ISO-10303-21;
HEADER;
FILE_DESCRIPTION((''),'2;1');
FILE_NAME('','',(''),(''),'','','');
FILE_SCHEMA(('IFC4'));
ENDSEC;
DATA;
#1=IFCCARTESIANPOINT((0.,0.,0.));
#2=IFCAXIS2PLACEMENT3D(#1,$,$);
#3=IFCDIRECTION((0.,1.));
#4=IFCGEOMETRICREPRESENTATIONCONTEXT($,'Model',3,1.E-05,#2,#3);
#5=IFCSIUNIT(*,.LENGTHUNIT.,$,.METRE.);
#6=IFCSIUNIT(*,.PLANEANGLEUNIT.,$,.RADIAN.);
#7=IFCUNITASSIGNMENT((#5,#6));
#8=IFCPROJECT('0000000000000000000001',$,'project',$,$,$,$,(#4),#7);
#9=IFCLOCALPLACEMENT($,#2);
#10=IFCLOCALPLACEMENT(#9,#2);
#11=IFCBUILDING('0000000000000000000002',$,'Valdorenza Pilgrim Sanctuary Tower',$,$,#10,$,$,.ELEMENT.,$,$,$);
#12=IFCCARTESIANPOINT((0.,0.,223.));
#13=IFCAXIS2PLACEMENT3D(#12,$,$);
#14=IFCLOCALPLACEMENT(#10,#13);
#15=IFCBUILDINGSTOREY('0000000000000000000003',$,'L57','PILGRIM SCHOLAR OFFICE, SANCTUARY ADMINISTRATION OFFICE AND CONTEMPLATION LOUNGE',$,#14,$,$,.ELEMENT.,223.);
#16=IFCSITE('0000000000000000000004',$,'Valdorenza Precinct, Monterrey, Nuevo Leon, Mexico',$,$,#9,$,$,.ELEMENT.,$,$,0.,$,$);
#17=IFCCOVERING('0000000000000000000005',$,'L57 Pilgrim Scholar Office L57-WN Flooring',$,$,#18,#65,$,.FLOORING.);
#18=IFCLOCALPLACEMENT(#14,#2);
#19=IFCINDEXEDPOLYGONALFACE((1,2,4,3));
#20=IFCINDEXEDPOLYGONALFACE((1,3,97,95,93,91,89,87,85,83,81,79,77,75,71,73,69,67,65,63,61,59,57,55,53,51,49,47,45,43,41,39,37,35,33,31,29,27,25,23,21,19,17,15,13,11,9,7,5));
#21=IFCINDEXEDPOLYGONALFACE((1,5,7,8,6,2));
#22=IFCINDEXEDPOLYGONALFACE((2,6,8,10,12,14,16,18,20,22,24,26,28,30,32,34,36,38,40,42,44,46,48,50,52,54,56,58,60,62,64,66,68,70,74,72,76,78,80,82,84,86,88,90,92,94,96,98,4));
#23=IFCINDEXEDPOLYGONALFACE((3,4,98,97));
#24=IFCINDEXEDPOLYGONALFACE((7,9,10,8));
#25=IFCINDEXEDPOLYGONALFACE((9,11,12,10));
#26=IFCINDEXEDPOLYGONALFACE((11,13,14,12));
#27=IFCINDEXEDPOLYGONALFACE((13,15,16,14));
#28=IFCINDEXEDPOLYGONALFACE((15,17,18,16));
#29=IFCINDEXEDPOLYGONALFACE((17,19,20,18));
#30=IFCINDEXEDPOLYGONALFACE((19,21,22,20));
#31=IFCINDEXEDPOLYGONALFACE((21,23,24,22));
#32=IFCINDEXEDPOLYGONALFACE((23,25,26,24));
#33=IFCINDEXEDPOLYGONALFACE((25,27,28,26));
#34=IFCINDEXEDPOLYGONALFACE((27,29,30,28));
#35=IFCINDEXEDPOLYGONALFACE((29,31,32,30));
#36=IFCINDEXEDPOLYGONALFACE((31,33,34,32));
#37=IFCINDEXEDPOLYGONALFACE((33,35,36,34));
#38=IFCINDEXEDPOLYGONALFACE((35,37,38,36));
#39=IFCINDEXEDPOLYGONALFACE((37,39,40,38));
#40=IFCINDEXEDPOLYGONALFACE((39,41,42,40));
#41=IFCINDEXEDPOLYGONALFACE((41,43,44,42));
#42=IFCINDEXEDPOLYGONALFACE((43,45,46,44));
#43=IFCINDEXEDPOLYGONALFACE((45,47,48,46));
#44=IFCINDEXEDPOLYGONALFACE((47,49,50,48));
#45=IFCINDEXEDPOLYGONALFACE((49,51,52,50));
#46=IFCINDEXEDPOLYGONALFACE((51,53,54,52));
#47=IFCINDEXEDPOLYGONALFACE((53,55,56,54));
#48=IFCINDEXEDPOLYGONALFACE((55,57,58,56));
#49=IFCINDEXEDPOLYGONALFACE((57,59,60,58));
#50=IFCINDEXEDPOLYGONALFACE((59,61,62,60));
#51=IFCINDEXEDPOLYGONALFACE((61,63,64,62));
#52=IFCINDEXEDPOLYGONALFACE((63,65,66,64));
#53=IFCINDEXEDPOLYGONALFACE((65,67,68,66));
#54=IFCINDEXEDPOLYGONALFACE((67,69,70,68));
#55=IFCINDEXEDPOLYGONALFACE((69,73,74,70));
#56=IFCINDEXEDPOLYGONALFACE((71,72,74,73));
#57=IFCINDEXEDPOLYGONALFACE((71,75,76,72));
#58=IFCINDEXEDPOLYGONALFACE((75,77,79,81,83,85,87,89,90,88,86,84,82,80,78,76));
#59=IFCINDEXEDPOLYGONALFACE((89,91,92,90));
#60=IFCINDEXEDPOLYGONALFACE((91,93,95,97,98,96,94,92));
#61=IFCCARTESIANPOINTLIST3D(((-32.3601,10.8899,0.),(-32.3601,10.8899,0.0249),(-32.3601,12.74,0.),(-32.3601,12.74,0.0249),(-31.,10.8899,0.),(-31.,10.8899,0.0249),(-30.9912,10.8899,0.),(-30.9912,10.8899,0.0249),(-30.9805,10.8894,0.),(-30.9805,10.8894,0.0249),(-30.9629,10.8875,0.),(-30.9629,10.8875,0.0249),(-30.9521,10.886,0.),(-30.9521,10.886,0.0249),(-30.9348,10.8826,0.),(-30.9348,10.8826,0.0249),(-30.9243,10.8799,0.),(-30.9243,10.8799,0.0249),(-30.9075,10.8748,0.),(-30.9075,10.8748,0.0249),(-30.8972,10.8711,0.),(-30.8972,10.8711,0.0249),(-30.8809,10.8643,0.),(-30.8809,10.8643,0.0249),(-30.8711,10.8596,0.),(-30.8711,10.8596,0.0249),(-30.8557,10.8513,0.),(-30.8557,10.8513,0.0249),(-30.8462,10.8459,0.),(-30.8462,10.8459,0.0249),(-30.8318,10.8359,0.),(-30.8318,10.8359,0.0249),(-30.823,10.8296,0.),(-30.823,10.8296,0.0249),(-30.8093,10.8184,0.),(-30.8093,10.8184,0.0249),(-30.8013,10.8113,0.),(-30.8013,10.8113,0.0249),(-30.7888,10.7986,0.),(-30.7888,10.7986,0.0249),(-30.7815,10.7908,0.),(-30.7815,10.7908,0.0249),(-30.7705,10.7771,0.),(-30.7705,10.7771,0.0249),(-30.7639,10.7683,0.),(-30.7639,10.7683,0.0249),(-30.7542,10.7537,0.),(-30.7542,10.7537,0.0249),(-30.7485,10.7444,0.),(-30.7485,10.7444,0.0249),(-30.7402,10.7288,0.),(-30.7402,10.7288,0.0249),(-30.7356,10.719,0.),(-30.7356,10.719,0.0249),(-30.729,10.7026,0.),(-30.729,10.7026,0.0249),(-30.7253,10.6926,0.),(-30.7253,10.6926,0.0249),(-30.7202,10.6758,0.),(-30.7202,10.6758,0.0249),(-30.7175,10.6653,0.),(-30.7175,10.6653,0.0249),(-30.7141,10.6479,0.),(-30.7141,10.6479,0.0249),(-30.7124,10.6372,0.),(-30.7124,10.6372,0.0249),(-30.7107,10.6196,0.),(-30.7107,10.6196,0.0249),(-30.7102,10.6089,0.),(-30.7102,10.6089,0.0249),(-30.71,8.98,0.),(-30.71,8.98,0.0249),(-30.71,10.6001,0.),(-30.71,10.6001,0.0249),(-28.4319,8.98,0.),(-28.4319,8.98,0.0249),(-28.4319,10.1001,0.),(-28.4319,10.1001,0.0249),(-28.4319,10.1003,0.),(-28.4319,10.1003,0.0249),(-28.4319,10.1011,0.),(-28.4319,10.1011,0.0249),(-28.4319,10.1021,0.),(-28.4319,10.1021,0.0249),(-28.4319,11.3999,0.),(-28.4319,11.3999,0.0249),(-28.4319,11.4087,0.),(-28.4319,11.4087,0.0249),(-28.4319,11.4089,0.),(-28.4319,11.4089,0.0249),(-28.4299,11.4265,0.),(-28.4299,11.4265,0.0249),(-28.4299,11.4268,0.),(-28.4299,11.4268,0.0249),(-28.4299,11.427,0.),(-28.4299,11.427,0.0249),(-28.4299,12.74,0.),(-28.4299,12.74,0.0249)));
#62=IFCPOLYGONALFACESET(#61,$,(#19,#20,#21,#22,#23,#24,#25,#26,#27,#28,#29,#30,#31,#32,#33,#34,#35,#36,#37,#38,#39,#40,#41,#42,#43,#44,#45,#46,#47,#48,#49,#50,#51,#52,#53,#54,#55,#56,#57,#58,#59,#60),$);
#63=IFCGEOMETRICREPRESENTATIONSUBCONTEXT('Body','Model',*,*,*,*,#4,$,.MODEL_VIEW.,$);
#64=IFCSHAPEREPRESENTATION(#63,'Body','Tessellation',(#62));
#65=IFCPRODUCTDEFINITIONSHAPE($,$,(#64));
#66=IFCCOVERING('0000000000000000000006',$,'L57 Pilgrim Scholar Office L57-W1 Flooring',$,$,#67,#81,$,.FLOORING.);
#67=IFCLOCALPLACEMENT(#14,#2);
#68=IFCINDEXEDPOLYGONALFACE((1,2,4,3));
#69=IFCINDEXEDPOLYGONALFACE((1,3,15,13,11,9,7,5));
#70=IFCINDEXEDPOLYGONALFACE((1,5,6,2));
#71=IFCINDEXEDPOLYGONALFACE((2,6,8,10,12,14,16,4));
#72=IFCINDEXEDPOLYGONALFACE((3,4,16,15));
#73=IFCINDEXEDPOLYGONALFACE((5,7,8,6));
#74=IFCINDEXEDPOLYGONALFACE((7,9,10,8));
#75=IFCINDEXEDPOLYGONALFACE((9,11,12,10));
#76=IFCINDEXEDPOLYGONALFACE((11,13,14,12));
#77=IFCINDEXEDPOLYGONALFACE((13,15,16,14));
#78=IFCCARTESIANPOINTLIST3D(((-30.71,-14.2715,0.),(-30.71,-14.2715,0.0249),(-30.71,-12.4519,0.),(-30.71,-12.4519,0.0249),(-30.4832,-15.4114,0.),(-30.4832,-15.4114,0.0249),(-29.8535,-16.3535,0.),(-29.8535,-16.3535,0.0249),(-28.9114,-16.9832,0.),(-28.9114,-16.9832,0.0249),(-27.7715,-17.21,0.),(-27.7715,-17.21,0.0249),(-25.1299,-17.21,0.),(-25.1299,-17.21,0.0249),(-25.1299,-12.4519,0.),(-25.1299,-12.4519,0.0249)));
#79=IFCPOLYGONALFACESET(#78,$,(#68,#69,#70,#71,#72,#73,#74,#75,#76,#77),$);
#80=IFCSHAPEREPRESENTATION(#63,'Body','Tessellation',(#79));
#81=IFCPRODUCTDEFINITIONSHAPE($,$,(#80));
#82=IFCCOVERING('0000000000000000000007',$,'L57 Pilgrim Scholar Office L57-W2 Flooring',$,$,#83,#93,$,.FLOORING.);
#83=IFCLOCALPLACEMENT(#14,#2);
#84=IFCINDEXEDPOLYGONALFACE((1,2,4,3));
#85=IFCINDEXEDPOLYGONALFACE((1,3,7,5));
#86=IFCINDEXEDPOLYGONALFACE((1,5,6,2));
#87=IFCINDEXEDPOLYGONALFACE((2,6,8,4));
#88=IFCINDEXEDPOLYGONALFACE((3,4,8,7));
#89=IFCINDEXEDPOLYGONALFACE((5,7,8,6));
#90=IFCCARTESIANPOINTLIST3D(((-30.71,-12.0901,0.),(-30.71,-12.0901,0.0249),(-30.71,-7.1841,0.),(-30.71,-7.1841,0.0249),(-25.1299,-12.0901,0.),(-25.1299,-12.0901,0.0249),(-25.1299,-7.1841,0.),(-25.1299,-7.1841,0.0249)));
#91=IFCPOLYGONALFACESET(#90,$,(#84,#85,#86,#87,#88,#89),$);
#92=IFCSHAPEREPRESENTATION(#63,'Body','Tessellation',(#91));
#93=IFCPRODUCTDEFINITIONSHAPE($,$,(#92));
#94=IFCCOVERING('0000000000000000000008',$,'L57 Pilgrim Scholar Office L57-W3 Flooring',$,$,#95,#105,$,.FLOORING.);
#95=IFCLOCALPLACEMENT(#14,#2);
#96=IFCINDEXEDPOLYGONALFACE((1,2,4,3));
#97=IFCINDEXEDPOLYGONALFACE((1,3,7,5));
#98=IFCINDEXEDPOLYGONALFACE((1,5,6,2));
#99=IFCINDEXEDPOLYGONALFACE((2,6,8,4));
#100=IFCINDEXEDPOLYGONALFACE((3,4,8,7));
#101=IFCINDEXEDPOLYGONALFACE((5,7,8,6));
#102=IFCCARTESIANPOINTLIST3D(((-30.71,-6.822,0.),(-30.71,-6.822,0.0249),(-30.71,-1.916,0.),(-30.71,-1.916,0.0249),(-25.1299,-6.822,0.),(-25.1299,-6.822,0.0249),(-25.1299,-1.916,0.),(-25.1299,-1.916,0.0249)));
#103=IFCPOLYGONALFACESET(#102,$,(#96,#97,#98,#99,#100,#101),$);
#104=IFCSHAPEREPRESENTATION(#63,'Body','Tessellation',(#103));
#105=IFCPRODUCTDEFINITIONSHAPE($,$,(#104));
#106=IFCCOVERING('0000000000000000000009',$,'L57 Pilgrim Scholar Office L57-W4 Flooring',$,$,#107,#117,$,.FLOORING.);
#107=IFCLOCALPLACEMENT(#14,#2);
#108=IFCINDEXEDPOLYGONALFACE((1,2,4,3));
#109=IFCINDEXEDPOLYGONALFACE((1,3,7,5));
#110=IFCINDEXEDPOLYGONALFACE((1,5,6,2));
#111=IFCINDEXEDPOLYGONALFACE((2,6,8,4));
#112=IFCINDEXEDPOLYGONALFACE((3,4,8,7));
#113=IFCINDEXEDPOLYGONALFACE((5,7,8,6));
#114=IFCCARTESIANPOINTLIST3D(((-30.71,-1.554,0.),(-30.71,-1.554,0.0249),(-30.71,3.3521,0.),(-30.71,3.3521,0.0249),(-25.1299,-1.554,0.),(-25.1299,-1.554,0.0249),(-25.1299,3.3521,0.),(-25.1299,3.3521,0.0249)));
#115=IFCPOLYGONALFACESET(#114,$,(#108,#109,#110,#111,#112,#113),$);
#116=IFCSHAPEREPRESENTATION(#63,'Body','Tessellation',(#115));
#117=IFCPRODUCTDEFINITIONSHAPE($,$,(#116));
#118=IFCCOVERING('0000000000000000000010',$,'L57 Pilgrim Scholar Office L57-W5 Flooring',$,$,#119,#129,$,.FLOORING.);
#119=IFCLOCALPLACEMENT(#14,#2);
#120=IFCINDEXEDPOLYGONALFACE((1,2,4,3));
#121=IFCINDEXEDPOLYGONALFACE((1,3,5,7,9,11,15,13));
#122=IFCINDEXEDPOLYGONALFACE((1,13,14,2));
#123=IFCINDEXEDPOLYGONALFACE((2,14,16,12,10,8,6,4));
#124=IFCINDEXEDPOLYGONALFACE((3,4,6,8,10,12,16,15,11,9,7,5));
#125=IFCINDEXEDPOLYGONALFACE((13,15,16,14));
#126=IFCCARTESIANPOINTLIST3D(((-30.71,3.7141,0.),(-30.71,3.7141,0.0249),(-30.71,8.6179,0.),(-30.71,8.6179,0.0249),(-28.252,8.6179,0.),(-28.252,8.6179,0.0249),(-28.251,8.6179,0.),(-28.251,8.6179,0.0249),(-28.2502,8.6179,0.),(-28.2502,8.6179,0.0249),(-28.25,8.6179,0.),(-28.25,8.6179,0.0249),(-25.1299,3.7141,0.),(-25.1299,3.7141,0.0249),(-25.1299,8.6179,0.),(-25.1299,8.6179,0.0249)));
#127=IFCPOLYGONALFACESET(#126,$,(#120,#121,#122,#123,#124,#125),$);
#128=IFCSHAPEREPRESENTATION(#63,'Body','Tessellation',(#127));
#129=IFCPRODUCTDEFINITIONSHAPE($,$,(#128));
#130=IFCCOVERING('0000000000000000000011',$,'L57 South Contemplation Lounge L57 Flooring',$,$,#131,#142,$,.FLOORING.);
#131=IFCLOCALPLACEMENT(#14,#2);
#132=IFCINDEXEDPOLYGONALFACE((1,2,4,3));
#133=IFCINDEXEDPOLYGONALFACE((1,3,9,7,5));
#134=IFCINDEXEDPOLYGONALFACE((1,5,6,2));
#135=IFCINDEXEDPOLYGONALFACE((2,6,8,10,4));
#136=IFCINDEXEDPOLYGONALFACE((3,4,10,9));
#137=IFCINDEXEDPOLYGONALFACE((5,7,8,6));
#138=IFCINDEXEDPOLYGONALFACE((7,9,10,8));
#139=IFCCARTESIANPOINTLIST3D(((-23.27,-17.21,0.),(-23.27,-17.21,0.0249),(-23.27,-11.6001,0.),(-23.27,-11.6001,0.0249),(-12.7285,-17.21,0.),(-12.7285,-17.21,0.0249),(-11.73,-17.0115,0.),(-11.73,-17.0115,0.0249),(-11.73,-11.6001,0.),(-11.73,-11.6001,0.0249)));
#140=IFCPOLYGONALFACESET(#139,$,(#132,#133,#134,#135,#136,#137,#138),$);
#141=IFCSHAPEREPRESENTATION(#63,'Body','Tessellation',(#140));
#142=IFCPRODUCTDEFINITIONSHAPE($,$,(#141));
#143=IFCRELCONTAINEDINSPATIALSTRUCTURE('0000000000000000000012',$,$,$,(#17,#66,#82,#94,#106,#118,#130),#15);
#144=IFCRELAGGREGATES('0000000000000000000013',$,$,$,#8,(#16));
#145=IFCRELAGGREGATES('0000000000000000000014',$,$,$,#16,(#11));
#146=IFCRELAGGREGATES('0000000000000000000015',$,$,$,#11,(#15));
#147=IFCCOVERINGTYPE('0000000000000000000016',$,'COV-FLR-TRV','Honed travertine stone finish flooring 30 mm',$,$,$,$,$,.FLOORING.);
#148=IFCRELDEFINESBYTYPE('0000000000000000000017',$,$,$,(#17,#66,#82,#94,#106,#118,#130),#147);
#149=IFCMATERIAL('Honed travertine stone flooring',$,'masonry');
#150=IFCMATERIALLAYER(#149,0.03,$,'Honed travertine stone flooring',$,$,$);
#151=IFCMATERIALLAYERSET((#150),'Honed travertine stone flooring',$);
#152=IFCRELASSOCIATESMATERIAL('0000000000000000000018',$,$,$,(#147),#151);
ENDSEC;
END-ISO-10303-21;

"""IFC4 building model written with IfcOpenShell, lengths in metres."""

from ifc_helpers import new_model, si_unit, direction, frame, origin, place, context, subcontext, project, spatial, polyline, outline, extrude, material, layer, layer_set, type_object, element, save


model = new_model("IFC4")

# Units and contexts
model_context = context("Model", 3, precision=1e-05, world=origin(), true_north=direction((0.0, 1.0)))
body_context = subcontext(model_context, "Body", "Model", "MODEL_VIEW")
ifc_project = project(units=[si_unit("LENGTHUNIT", "METRE"), si_unit("PLANEANGLEUNIT", "RADIAN")], contexts=[model_context])

# Site, building, storey
site_placement = place(None, origin())
site = spatial("IfcSite", under=ifc_project, at=site_placement, Name="Valdorenza Precinct, Monterrey, Nuevo Leon, Mexico", CompositionType="ELEMENT", RefElevation=0.0)
building_placement = place(site_placement, origin())
building = spatial("IfcBuilding", under=site, at=building_placement, Name="Valdorenza Pilgrim Sanctuary Tower", CompositionType="ELEMENT")
storey_placement = place(building_placement, frame((0.0, 0.0, 223.0)))
storey = spatial("IfcBuildingStorey", under=building, at=storey_placement, Name="L57", Description="PILGRIM SCHOLAR OFFICE, SANCTUARY ADMINISTRATION OFFICE AND CONTEMPLATION LOUNGE", CompositionType="ELEMENT", Elevation=223.0)

# Coverings
ifc_material_1 = material(Name="Honed travertine stone flooring", Category="masonry")
ifc_layer_1 = layer(ifc_material_1, 0.03, Name="Honed travertine stone flooring")
ifc_layer_set_1 = layer_set([ifc_layer_1], Name="Honed travertine stone flooring")
covering_type_1 = type_object("IfcCoveringType", Name="COV-FLR-TRV", Description="Honed travertine stone finish flooring 30 mm", PredefinedType="FLOORING", material=ifc_layer_set_1)
covering_1_placement = place(storey_placement, origin())
element("IfcCovering", 1, at=covering_1_placement, inside=storey, type_object=covering_type_1, Name="L57 Pilgrim Scholar Office L57-WN Flooring", PredefinedType="FLOORING", context=body_context, shape_type="SweptSolid", body=[
    extrude(outline(polyline([(-28.4319, 10.1003), (-28.4319, 10.1001), (-28.4319, 8.98), (-30.71, 8.98), (-30.71, 10.6001), (-30.7102, 10.6089), (-30.7107, 10.6196), (-30.7124, 10.6372), (-30.7141, 10.6479), (-30.7175, 10.6653), (-30.7202, 10.6758), (-30.7253, 10.6926), (-30.729, 10.7026), (-30.7356, 10.719), (-30.7402, 10.7288), (-30.7485, 10.7444), (-30.7542, 10.7537), (-30.7639, 10.7683), (-30.7705, 10.7771), (-30.7815, 10.7908), (-30.7888, 10.7986), (-30.8013, 10.8113), (-30.8093, 10.8184), (-30.823, 10.8296), (-30.8318, 10.8359), (-30.8462, 10.8459), (-30.8557, 10.8513), (-30.8711, 10.8596), (-30.8809, 10.8643), (-30.8972, 10.8711), (-30.9075, 10.8748), (-30.9243, 10.8799), (-30.9348, 10.8826), (-30.9521, 10.886), (-30.9629, 10.8875), (-30.9805, 10.8894), (-30.9912, 10.8899), (-31.0, 10.8899), (-32.3601, 10.8899), (-32.3601, 12.74), (-28.4299, 12.74), (-28.4299, 11.427), (-28.4299, 11.4268), (-28.4299, 11.4265), (-28.4319, 11.4089), (-28.4319, 11.4087), (-28.4319, 11.3999), (-28.4319, 10.1021), (-28.4319, 10.1011), (-28.4319, 10.1003)])), origin(), (0.0, 0.0, 1.0), 0.0249),
])
covering_2_placement = place(storey_placement, origin())
element("IfcCovering", 2, at=covering_2_placement, inside=storey, type_object=covering_type_1, Name="L57 Pilgrim Scholar Office L57-W1 Flooring", PredefinedType="FLOORING", context=body_context, shape_type="SweptSolid", body=[
    extrude(outline(polyline([(-25.1299, -17.21), (-27.7715, -17.21), (-28.9114, -16.9832), (-29.8535, -16.3535), (-30.4832, -15.4114), (-30.71, -14.2715), (-30.71, -12.4519), (-25.1299, -12.4519), (-25.1299, -17.21)])), origin(), (0.0, 0.0, 1.0), 0.0249),
])
covering_3_placement = place(storey_placement, origin())
element("IfcCovering", 3, at=covering_3_placement, inside=storey, type_object=covering_type_1, Name="L57 Pilgrim Scholar Office L57-W2 Flooring", PredefinedType="FLOORING", context=body_context, shape_type="SweptSolid", body=[
    extrude(outline(polyline([(-25.1299, -12.0901), (-30.71, -12.0901), (-30.71, -7.1841), (-25.1299, -7.1841), (-25.1299, -12.0901)])), origin(), (0.0, 0.0, 1.0), 0.0249),
])
covering_4_placement = place(storey_placement, origin())
element("IfcCovering", 4, at=covering_4_placement, inside=storey, type_object=covering_type_1, Name="L57 Pilgrim Scholar Office L57-W3 Flooring", PredefinedType="FLOORING", context=body_context, shape_type="SweptSolid", body=[
    extrude(outline(polyline([(-25.1299, -6.822), (-30.71, -6.822), (-30.71, -1.916), (-25.1299, -1.916), (-25.1299, -6.822)])), origin(), (0.0, 0.0, 1.0), 0.0249),
])
covering_5_placement = place(storey_placement, origin())
element("IfcCovering", 5, at=covering_5_placement, inside=storey, type_object=covering_type_1, Name="L57 Pilgrim Scholar Office L57-W4 Flooring", PredefinedType="FLOORING", context=body_context, shape_type="SweptSolid", body=[
    extrude(outline(polyline([(-25.1299, -1.554), (-30.71, -1.554), (-30.71, 3.3521), (-25.1299, 3.3521), (-25.1299, -1.554)])), origin(), (0.0, 0.0, 1.0), 0.0249),
])
covering_6_placement = place(storey_placement, origin())
element("IfcCovering", 6, at=covering_6_placement, inside=storey, type_object=covering_type_1, Name="L57 Pilgrim Scholar Office L57-W5 Flooring", PredefinedType="FLOORING", context=body_context, shape_type="SweptSolid", body=[
    extrude(outline(polyline([(-28.2502, 8.6179), (-28.25, 8.6179), (-25.1299, 8.6179), (-25.1299, 3.7141), (-30.71, 3.7141), (-30.71, 8.6179), (-28.252, 8.6179), (-28.251, 8.6179), (-28.2502, 8.6179)])), origin(), (0.0, 0.0, 1.0), 0.0249),
])
covering_7_placement = place(storey_placement, origin())
element("IfcCovering", 7, at=covering_7_placement, inside=storey, type_object=covering_type_1, Name="L57 South Contemplation Lounge L57 Flooring", PredefinedType="FLOORING", context=body_context, shape_type="SweptSolid", body=[
    extrude(outline(polyline([(-11.73, -11.6001), (-11.73, -17.0115), (-12.7285, -17.21), (-23.27, -17.21), (-23.27, -11.6001), (-11.73, -11.6001)])), origin(), (0.0, 0.0, 1.0), 0.0249),
])

save(model, "model.ifc")
